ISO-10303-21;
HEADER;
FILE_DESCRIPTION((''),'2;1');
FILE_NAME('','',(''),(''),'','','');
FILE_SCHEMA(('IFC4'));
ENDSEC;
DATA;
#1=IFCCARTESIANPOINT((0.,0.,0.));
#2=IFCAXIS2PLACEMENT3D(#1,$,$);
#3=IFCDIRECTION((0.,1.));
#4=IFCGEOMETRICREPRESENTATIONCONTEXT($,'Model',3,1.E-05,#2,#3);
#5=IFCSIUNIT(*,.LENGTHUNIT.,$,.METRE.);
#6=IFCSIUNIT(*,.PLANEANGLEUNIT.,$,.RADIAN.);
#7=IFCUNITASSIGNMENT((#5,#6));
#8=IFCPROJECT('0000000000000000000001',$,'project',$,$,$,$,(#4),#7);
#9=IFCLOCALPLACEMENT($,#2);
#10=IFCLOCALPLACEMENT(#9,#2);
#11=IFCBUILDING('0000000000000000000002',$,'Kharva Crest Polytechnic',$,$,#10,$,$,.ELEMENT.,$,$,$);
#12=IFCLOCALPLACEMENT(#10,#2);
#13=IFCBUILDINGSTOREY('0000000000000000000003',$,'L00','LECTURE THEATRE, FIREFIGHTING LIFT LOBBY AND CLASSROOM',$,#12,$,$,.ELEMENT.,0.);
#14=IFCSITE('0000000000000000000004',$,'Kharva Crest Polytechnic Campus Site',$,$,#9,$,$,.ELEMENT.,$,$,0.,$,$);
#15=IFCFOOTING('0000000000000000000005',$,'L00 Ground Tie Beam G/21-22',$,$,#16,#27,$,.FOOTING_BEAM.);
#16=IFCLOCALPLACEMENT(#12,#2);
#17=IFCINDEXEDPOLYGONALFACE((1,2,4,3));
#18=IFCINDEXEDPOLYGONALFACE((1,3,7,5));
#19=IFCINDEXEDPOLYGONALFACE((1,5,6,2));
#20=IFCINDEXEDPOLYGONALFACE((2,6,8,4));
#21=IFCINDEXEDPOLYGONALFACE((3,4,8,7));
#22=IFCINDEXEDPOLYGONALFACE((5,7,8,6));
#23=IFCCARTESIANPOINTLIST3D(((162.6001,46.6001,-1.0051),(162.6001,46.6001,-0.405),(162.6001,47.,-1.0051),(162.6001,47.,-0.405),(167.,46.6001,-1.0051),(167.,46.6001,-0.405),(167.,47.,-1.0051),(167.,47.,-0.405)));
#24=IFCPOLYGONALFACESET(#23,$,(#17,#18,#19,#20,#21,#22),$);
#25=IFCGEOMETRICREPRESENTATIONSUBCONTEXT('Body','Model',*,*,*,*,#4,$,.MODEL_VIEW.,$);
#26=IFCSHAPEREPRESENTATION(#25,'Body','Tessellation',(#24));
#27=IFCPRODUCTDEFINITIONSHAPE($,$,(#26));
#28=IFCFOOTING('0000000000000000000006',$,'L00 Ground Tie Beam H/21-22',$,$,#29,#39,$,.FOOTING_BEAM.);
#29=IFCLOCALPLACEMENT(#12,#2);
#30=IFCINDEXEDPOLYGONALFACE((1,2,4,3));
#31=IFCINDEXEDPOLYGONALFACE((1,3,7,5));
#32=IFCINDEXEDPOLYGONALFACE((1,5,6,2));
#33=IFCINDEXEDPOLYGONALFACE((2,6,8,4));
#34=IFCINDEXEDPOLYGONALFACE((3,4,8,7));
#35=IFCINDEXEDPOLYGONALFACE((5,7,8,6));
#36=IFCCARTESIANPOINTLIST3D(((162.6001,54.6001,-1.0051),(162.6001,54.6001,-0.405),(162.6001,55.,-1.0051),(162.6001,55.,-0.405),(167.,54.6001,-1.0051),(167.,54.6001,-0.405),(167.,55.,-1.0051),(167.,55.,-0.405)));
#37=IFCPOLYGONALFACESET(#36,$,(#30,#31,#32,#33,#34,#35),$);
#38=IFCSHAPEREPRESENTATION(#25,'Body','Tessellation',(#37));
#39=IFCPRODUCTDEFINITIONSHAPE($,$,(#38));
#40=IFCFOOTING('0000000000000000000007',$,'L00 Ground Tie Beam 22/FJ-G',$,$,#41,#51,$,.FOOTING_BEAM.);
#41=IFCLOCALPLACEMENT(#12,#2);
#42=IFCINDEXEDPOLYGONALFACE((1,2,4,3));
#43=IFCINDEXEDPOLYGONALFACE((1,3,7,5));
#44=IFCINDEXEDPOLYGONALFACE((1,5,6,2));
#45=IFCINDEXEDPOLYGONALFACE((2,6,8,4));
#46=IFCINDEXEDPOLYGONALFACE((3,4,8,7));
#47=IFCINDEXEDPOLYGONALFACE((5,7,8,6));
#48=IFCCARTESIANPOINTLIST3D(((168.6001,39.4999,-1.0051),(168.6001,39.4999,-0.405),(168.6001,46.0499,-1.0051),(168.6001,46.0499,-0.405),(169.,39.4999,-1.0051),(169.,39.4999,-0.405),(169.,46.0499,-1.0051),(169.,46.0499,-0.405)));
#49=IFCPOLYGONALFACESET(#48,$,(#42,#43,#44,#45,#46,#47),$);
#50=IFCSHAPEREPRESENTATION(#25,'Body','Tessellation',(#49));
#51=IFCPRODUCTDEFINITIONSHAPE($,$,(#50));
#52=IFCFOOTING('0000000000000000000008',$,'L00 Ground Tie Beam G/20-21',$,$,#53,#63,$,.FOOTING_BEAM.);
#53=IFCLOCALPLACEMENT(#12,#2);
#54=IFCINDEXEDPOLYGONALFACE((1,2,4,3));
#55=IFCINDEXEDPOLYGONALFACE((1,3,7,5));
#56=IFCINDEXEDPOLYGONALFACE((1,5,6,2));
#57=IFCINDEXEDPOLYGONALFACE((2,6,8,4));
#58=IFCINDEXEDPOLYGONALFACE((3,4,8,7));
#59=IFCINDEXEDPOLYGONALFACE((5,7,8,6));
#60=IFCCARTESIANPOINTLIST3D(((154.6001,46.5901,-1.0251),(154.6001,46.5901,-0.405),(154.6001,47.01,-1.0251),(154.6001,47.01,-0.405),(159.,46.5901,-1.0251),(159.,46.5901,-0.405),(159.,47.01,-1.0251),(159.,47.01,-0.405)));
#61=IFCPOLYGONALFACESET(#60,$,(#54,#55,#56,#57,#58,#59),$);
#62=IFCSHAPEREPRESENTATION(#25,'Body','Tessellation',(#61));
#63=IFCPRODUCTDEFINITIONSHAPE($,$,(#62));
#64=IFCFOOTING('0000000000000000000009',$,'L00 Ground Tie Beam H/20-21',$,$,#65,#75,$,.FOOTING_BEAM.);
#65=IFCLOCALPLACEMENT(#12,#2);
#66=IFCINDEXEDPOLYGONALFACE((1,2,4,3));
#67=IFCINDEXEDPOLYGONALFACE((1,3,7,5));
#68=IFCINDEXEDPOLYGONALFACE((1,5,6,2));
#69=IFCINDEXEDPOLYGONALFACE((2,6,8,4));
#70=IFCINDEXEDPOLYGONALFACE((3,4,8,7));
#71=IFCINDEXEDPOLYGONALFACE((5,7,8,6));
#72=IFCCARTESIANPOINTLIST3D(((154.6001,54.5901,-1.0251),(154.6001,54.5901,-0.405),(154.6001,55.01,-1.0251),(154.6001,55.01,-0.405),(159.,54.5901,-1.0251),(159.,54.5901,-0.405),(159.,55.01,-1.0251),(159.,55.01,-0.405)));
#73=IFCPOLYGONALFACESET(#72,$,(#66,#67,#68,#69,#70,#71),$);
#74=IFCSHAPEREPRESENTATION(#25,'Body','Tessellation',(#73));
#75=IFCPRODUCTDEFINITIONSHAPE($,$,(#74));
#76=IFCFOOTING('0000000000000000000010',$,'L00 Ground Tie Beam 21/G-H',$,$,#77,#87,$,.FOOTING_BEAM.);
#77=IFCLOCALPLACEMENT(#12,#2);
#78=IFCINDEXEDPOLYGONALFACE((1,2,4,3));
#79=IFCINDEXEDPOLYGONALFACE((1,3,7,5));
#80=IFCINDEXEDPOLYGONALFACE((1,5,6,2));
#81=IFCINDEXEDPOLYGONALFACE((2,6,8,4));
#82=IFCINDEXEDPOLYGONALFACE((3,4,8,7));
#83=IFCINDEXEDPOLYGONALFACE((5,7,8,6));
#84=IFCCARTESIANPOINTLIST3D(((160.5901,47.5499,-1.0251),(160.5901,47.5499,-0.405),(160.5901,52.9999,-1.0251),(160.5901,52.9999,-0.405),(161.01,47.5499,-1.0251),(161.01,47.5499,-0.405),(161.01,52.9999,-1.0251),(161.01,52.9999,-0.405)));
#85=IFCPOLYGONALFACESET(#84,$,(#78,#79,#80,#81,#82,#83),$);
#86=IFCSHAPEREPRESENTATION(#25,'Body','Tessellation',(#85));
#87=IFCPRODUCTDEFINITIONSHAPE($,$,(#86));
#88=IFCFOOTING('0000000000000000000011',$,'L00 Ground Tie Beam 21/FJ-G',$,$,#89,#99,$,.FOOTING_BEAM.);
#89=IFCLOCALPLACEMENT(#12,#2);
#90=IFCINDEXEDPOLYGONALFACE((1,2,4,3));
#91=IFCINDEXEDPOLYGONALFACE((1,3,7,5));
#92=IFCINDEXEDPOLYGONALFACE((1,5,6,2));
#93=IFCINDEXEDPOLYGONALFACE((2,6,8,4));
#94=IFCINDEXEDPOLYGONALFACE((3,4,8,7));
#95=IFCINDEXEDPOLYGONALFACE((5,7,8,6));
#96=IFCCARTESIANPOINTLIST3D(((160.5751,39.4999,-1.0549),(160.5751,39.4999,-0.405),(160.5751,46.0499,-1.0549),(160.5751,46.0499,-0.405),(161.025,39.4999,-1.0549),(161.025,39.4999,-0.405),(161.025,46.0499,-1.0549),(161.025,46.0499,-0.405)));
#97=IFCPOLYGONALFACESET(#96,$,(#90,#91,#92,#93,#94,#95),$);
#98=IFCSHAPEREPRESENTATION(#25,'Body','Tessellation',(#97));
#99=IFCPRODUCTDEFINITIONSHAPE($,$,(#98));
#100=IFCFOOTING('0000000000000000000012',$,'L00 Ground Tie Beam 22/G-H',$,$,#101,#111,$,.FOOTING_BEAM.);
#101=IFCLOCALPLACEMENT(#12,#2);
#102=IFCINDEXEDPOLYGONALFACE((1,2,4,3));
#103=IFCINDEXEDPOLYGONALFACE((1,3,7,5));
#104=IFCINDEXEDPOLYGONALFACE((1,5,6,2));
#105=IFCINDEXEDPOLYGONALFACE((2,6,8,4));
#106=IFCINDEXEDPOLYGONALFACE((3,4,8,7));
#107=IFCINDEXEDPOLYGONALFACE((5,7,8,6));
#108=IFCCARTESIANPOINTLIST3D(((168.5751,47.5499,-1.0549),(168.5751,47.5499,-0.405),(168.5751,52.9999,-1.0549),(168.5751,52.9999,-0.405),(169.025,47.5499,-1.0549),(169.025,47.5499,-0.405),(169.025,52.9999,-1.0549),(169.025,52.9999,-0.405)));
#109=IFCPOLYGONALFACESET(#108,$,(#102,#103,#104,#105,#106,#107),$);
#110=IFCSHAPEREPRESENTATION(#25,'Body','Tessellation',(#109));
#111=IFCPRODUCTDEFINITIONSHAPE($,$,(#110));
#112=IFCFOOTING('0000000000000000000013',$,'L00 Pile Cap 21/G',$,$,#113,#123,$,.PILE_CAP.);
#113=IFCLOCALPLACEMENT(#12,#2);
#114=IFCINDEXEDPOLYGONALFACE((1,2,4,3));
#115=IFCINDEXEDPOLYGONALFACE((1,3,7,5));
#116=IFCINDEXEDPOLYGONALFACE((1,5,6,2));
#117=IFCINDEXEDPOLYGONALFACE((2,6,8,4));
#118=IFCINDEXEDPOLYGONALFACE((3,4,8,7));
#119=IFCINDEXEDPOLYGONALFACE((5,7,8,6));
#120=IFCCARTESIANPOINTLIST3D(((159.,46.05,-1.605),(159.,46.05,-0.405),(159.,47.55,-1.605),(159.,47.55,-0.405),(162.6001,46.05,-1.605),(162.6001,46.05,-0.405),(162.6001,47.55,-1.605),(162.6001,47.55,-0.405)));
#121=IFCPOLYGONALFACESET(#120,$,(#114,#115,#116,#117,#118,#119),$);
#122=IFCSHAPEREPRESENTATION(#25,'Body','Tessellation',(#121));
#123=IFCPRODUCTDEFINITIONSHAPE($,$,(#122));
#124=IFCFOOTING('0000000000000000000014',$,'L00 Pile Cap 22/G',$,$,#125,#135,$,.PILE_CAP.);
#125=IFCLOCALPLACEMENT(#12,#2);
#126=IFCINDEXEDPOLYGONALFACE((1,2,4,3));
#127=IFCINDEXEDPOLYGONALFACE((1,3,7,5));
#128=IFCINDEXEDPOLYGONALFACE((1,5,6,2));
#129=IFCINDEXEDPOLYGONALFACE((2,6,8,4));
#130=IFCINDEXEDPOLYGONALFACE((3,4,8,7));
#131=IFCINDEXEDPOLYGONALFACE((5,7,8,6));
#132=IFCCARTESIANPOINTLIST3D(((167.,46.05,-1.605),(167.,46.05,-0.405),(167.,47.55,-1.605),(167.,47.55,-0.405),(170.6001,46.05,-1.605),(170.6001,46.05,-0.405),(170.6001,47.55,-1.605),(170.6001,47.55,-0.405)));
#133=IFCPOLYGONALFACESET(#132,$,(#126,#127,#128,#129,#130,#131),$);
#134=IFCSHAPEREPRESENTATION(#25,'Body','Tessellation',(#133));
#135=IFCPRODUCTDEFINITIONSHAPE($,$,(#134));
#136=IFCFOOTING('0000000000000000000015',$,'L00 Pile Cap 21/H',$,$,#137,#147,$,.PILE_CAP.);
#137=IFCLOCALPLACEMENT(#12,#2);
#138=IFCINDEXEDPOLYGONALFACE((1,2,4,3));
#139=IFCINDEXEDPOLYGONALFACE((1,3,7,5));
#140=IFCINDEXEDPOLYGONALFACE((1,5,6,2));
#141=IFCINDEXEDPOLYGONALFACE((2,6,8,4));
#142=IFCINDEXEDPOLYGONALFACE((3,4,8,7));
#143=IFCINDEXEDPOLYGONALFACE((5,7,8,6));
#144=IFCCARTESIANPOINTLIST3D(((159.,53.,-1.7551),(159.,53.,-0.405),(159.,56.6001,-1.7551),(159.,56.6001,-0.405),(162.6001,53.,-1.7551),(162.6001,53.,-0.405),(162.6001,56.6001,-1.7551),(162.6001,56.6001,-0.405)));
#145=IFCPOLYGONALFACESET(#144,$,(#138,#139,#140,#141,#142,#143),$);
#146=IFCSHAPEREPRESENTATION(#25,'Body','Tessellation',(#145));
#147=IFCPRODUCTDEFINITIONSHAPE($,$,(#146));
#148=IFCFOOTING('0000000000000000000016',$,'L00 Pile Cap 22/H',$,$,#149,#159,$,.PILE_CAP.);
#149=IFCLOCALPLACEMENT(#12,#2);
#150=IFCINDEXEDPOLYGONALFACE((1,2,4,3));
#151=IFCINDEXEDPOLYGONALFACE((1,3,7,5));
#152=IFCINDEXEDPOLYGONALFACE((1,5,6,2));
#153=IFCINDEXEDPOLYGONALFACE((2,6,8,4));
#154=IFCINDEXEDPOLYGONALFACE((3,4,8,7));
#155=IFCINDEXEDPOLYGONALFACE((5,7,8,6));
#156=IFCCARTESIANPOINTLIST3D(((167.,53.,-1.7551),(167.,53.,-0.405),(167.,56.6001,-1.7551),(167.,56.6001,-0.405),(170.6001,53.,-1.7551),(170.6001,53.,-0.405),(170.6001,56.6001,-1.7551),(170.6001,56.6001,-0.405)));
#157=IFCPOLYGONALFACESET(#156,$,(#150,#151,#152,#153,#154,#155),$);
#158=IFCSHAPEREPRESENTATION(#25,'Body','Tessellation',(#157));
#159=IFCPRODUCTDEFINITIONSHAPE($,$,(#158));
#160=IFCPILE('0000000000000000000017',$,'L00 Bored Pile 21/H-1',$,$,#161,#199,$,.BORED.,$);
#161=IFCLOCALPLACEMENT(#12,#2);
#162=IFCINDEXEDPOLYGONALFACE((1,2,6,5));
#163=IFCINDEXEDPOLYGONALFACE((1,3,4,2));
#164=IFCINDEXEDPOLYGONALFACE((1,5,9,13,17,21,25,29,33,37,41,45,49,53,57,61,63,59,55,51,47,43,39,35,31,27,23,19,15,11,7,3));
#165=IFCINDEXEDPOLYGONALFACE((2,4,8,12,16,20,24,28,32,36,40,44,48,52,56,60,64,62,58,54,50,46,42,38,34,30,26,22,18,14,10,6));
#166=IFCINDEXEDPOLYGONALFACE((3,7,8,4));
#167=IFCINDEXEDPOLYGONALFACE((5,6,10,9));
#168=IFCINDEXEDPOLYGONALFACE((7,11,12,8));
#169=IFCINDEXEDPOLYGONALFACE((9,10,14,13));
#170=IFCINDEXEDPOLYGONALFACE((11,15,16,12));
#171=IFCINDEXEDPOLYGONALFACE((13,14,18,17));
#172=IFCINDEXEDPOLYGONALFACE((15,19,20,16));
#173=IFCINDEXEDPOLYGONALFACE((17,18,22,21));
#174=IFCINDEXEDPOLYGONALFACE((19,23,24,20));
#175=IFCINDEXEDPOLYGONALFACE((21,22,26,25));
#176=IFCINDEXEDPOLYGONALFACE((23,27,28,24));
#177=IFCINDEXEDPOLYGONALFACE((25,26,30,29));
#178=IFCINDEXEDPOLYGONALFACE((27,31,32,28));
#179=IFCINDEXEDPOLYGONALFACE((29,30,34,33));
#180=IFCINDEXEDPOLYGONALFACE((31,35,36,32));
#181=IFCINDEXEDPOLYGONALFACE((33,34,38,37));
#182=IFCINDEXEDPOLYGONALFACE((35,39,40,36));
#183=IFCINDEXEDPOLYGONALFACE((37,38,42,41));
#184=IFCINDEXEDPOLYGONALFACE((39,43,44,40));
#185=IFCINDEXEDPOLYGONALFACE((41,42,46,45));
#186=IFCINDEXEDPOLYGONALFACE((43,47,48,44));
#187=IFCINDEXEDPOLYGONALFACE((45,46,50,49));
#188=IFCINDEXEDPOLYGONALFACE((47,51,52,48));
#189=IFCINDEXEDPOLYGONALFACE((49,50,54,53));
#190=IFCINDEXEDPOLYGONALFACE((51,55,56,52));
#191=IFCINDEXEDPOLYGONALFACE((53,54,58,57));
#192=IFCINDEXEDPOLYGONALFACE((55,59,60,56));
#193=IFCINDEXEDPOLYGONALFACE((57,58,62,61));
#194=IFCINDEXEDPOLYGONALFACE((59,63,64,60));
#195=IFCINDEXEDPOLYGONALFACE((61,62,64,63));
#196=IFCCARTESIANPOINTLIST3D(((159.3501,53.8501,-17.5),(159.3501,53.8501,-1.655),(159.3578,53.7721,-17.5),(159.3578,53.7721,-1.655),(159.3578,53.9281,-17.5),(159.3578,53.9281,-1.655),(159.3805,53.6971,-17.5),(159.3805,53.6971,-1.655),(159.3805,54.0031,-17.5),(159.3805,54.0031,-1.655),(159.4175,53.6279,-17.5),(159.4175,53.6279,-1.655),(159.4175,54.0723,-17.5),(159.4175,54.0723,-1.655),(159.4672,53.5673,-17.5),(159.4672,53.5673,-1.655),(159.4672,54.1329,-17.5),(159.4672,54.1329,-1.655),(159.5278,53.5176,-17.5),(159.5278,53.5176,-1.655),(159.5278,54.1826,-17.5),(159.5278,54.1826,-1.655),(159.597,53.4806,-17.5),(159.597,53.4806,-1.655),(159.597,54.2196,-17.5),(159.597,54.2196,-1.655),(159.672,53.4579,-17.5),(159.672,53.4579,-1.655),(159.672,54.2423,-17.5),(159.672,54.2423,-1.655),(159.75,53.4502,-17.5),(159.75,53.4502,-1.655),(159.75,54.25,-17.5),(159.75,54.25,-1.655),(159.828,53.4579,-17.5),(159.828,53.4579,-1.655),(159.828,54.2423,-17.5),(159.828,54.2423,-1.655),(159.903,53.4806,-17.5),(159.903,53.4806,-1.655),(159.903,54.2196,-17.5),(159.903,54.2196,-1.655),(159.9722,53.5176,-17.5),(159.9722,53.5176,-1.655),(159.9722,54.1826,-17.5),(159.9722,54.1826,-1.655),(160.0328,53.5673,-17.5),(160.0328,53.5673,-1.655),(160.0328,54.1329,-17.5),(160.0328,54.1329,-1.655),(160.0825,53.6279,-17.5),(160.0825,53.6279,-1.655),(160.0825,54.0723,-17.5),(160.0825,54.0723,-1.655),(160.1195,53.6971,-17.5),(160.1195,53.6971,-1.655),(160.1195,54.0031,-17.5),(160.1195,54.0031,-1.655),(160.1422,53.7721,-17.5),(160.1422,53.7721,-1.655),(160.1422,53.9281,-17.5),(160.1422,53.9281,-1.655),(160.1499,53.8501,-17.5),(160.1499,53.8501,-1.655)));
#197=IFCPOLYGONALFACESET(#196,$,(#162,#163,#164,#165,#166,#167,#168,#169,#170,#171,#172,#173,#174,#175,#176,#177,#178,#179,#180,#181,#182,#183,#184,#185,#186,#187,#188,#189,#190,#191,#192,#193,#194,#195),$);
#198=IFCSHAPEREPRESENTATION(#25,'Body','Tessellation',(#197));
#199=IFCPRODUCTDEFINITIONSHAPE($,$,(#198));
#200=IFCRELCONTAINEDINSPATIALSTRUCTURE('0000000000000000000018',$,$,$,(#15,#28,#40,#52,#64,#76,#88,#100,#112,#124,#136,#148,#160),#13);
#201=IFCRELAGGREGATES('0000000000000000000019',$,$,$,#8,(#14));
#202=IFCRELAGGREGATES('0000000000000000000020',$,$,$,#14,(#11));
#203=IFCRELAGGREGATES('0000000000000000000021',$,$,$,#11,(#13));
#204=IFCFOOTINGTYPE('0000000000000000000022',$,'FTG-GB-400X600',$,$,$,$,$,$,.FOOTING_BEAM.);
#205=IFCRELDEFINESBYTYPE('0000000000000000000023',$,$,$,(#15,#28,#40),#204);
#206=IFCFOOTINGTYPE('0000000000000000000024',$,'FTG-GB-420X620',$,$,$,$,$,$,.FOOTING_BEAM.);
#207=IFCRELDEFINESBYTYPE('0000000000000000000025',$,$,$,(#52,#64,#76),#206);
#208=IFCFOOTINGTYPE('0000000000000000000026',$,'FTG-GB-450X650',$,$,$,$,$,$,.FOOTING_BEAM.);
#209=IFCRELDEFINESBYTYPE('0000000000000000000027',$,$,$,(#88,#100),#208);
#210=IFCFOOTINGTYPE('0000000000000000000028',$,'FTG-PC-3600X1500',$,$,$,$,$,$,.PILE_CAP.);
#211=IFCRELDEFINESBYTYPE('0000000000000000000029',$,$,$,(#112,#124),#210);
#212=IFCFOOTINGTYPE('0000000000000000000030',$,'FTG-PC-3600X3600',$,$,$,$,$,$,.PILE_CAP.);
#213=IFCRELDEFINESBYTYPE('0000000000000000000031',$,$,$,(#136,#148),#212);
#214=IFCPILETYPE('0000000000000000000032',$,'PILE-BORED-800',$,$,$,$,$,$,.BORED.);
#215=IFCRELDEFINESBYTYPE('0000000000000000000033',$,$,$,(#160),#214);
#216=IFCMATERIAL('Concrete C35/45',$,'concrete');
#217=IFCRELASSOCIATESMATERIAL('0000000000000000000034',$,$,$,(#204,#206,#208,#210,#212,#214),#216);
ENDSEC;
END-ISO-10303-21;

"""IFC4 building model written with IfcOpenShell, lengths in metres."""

from ifc_helpers import new_model, si_unit, direction, frame, origin, origin_2d, place, context, subcontext, project, spatial, rectangle, circle, extrude, material, material_profile, profile_set, type_object, element, save


model = new_model("IFC4")

# Units and contexts
model_context = context("Model", 3, precision=1e-05, world=origin(), true_north=direction((0.0, 1.0)))
body_context = subcontext(model_context, "Body", "Model", "MODEL_VIEW")
ifc_project = project(units=[si_unit("LENGTHUNIT", "METRE"), si_unit("PLANEANGLEUNIT", "RADIAN")], contexts=[model_context])

# Site, building, storey
site_placement = place(None, origin())
site = spatial("IfcSite", under=ifc_project, at=site_placement, Name="Kharva Crest Polytechnic Campus Site", CompositionType="ELEMENT", RefElevation=0.0)
building_placement = place(site_placement, origin())
building = spatial("IfcBuilding", under=site, at=building_placement, Name="Kharva Crest Polytechnic", CompositionType="ELEMENT")
storey_placement = place(building_placement, origin())
storey = spatial("IfcBuildingStorey", under=building, at=storey_placement, Name="L00", Description="LECTURE THEATRE, FIREFIGHTING LIFT LOBBY AND CLASSROOM", CompositionType="ELEMENT", Elevation=0.0)

# Footings
ifc_material_1 = material(Name="Concrete C35/45", Category="concrete")
footing_type_1 = type_object("IfcFootingType", Name="FTG-GB-400X600", PredefinedType="FOOTING_BEAM", material=ifc_material_1)
for number, where, z_axis, x_axis, name in (
    (1, (164.8, 46.8, -1.0051), (0.0, 0.0, 1.0), (1.0, 0.0, 0.0), "L00 Ground Tie Beam G/21-22"),
    (2, (164.8, 54.8, -1.0051), (0.0, 0.0, 1.0), (1.0, 0.0, 0.0), "L00 Ground Tie Beam H/21-22"),
):
    element("IfcFooting", number, at=place(storey_placement, frame(where, z_axis=z_axis, x_axis=x_axis)), inside=storey, type_object=footing_type_1, Name=name, PredefinedType="FOOTING_BEAM", context=body_context, shape_type="SweptSolid", body=[
        extrude(rectangle(XDim=4.3999, YDim=0.3999, at=origin_2d()), origin(), (0.0, 0.0, 1.0), 0.6001),
    ])
footing_1_placement = place(storey_placement, frame((168.8, 42.7749, -1.0051), z_axis=(0.0, 0.0, 1.0), x_axis=(0.0, 1.0, 0.0)))
element("IfcFooting", 3, at=footing_1_placement, inside=storey, type_object=footing_type_1, Name="L00 Ground Tie Beam 22/FJ-G", PredefinedType="FOOTING_BEAM", context=body_context, shape_type="SweptSolid", body=[
    extrude(rectangle(XDim=6.55, YDim=0.3999, at=origin_2d()), origin(), (0.0, 0.0, 1.0), 0.6001),
])
footing_type_2 = type_object("IfcFootingType", Name="FTG-GB-420X620", PredefinedType="FOOTING_BEAM", material=ifc_material_1)
for number, where, z_axis, x_axis, name in (
    (4, (156.8, 46.8, -1.0251), (0.0, 0.0, 1.0), (1.0, 0.0, 0.0), "L00 Ground Tie Beam G/20-21"),
    (5, (156.8, 54.8, -1.0251), (0.0, 0.0, 1.0), (1.0, 0.0, 0.0), "L00 Ground Tie Beam H/20-21"),
):
    element("IfcFooting", number, at=place(storey_placement, frame(where, z_axis=z_axis, x_axis=x_axis)), inside=storey, type_object=footing_type_2, Name=name, PredefinedType="FOOTING_BEAM", context=body_context, shape_type="SweptSolid", body=[
        extrude(rectangle(XDim=4.3999, YDim=0.4199, at=origin_2d()), origin(), (0.0, 0.0, 1.0), 0.6201),
    ])
footing_2_placement = place(storey_placement, frame((160.8, 50.2749, -1.0251), z_axis=(0.0, 0.0, 1.0), x_axis=(0.0, 1.0, 0.0)))
element("IfcFooting", 6, at=footing_2_placement, inside=storey, type_object=footing_type_2, Name="L00 Ground Tie Beam 21/G-H", PredefinedType="FOOTING_BEAM", context=body_context, shape_type="SweptSolid", body=[
    extrude(rectangle(XDim=5.45, YDim=0.4199, at=origin_2d()), origin(), (0.0, 0.0, 1.0), 0.6201),
])
footing_type_3 = type_object("IfcFootingType", Name="FTG-GB-450X650", PredefinedType="FOOTING_BEAM", material=ifc_material_1)
footing_3_placement = place(storey_placement, frame((160.8, 42.7749, -1.0549), z_axis=(0.0, 0.0, 1.0), x_axis=(0.0, 1.0, 0.0)))
element("IfcFooting", 7, at=footing_3_placement, inside=storey, type_object=footing_type_3, Name="L00 Ground Tie Beam 21/FJ-G", PredefinedType="FOOTING_BEAM", context=body_context, shape_type="SweptSolid", body=[
    extrude(rectangle(XDim=6.55, YDim=0.45, at=origin_2d()), origin(), (0.0, 0.0, 1.0), 0.6499),
])
footing_4_placement = place(storey_placement, frame((168.8, 50.2749, -1.0549), z_axis=(0.0, 0.0, 1.0), x_axis=(0.0, 1.0, 0.0)))
element("IfcFooting", 8, at=footing_4_placement, inside=storey, type_object=footing_type_3, Name="L00 Ground Tie Beam 22/G-H", PredefinedType="FOOTING_BEAM", context=body_context, shape_type="SweptSolid", body=[
    extrude(rectangle(XDim=5.45, YDim=0.45, at=origin_2d()), origin(), (0.0, 0.0, 1.0), 0.6499),
])
footing_type_4 = type_object("IfcFootingType", Name="FTG-PC-3600X1500", PredefinedType="PILE_CAP", material=ifc_material_1)
for number, where, z_axis, x_axis, name in (
    (9, (160.8, 46.8, -1.605), (0.0, 0.0, 1.0), (1.0, 0.0, 0.0), "L00 Pile Cap 21/G"),
    (10, (168.8, 46.8, -1.605), (0.0, 0.0, 1.0), (1.0, 0.0, 0.0), "L00 Pile Cap 22/G"),
):
    element("IfcFooting", number, at=place(storey_placement, frame(where, z_axis=z_axis, x_axis=x_axis)), inside=storey, type_object=footing_type_4, Name=name, PredefinedType="PILE_CAP", context=body_context, shape_type="SweptSolid", body=[
        extrude(rectangle(XDim=3.6001, YDim=1.5, at=origin_2d()), origin(), (0.0, 0.0, 1.0), 1.2),
    ])
footing_type_5 = type_object("IfcFootingType", Name="FTG-PC-3600X3600", PredefinedType="PILE_CAP", material=ifc_material_1)
for number, where, z_axis, x_axis, name in (
    (11, (160.8, 54.8, -1.7551), (0.0, 0.0, 1.0), (1.0, 0.0, 0.0), "L00 Pile Cap 21/H"),
    (12, (168.8, 54.8, -1.7551), (0.0, 0.0, 1.0), (1.0, 0.0, 0.0), "L00 Pile Cap 22/H"),
):
    element("IfcFooting", number, at=place(storey_placement, frame(where, z_axis=z_axis, x_axis=x_axis)), inside=storey, type_object=footing_type_5, Name=name, PredefinedType="PILE_CAP", context=body_context, shape_type="SweptSolid", body=[
        extrude(rectangle(XDim=3.6001, YDim=3.6001, at=origin_2d()), origin(), (0.0, 0.0, 1.0), 1.3501),
    ])

# Pile
ifc_material_profile_1 = material_profile(ifc_material_1, circle(Radius=0.3999, at=origin_2d()), Name="DIA 800")
ifc_profile_set_1 = profile_set([ifc_material_profile_1], Name="Concrete C35/45")
pile_type_1 = type_object("IfcPileType", Name="PILE-BORED-800", PredefinedType="BORED", material=ifc_profile_set_1)
for number, where, z_axis, x_axis, name in (
    (13, (159.75, 53.8501, -1.655), (0.0, 0.0, -1.0), (1.0, 0.0, 0.0), "L00 Bored Pile 21/H-1"),
):
    element("IfcPile", number, at=place(storey_placement, frame(where, z_axis=z_axis, x_axis=x_axis)), inside=storey, type_object=pile_type_1, Name=name, PredefinedType="BORED", context=body_context, shape_type="SweptSolid", body=[
        extrude(circle(Radius=0.3999, at=origin_2d()), origin(), (0.0, 0.0, 1.0), 15.845),
    ])

save(model, "model.ifc")
